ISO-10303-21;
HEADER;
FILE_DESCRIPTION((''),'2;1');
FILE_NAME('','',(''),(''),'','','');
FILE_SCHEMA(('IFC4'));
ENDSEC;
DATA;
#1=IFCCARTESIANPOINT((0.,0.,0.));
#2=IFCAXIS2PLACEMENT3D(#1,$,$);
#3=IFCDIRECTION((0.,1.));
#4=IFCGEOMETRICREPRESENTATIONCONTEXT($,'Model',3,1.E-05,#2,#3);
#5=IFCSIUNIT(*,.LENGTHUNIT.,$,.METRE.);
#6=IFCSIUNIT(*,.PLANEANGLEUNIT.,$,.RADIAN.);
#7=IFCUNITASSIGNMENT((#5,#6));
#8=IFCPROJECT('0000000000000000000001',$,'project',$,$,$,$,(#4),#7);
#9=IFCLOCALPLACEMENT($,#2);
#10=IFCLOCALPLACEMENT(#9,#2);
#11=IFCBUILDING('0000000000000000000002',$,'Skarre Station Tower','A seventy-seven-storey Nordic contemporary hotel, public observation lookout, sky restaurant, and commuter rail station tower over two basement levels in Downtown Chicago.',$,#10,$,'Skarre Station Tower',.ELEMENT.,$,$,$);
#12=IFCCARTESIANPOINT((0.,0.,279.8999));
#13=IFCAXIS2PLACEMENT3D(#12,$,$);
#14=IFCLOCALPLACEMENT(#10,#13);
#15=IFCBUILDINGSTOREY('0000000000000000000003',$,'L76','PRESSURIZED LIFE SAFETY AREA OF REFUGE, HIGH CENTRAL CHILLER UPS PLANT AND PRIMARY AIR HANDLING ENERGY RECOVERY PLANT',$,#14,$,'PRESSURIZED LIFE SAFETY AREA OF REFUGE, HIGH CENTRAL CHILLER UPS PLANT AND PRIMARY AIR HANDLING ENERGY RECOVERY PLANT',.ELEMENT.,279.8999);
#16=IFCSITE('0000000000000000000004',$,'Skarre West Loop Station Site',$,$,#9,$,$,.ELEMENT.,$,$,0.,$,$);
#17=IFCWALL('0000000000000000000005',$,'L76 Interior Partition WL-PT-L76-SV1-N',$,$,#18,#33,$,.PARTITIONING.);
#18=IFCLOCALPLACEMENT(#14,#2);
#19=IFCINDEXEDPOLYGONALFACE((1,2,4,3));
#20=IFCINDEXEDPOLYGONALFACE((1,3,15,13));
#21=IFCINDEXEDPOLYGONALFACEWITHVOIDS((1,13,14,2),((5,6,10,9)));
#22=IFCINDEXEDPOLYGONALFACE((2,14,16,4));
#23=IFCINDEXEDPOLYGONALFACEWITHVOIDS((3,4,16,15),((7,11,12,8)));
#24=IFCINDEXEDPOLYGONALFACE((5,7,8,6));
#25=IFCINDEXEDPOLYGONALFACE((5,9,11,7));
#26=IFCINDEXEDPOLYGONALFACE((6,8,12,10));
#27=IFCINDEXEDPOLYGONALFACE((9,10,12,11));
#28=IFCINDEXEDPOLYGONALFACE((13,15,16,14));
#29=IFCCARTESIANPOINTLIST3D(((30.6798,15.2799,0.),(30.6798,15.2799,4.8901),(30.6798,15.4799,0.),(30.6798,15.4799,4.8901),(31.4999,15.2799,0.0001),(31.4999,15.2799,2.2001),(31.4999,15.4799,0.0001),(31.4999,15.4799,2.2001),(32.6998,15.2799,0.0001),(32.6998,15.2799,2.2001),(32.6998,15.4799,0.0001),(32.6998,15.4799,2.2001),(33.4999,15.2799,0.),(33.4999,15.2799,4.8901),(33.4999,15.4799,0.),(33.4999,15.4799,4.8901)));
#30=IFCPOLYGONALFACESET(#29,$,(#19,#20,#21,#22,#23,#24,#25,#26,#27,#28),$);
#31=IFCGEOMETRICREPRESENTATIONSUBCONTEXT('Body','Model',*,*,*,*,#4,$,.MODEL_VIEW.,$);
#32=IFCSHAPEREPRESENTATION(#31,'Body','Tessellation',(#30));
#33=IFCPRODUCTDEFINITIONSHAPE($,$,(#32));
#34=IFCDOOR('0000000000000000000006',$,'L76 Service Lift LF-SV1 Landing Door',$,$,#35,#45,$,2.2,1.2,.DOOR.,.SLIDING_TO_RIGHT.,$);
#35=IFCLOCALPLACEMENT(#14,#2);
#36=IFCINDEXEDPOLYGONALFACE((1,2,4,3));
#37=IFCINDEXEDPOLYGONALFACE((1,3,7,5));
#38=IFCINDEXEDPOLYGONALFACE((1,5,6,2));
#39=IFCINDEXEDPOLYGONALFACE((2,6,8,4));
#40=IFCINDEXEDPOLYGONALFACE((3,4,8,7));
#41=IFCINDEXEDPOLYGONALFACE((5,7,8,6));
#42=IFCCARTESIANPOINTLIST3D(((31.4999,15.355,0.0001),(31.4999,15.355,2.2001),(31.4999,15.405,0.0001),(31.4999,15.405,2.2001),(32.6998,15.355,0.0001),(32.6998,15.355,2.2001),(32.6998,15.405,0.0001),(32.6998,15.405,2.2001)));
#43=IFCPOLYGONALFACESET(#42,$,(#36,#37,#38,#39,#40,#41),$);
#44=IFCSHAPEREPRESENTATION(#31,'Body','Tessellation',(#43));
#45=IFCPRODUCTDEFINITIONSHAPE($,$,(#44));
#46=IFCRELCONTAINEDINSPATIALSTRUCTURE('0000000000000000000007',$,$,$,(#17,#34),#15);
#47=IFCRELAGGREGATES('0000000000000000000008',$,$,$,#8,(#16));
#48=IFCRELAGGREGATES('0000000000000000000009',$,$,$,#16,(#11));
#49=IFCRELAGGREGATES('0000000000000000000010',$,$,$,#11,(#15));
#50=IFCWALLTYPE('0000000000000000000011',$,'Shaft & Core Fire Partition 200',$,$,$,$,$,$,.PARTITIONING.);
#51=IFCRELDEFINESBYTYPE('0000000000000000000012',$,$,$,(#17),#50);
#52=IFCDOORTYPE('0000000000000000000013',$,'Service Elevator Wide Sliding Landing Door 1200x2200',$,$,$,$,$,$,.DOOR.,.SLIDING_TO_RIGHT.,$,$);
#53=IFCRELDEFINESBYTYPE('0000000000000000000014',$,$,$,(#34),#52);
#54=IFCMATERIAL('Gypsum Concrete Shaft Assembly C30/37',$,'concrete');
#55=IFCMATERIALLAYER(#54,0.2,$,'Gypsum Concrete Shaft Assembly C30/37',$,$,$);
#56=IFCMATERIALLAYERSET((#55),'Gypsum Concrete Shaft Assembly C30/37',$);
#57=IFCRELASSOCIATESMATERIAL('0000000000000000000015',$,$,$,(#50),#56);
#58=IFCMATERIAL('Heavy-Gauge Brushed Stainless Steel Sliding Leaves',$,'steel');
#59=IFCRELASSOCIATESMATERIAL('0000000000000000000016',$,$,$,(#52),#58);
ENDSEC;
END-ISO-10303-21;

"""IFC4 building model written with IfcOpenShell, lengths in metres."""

from ifc_helpers import new_model, si_unit, direction, frame, frame_2d, origin, place, context, subcontext, project, spatial, rectangle, extrude, material, layer, layer_set, type_object, element, fill, save


model = new_model("IFC4")

# Units and contexts
model_context = context("Model", 3, precision=1e-05, world=origin(), true_north=direction((0.0, 1.0)))
body_context = subcontext(model_context, "Body", "Model", "MODEL_VIEW")
ifc_project = project(units=[si_unit("LENGTHUNIT", "METRE"), si_unit("PLANEANGLEUNIT", "RADIAN")], contexts=[model_context])

# Site, building, storey
site_placement = place(None, origin())
site = spatial("IfcSite", under=ifc_project, at=site_placement, Name="Skarre West Loop Station Site", CompositionType="ELEMENT", RefElevation=0.0)
building_placement = place(site_placement, origin())
building = spatial("IfcBuilding", under=site, at=building_placement, Name="Skarre Station Tower", Description="A seventy-seven-storey Nordic contemporary hotel, public observation lookout, sky restaurant, and commuter rail station tower over two basement levels in Downtown Chicago.", LongName="Skarre Station Tower", CompositionType="ELEMENT")
storey_placement = place(building_placement, frame((0.0, 0.0, 279.8999)))
storey = spatial("IfcBuildingStorey", under=building, at=storey_placement, Name="L76", Description="PRESSURIZED LIFE SAFETY AREA OF REFUGE, HIGH CENTRAL CHILLER UPS PLANT AND PRIMARY AIR HANDLING ENERGY RECOVERY PLANT", LongName="PRESSURIZED LIFE SAFETY AREA OF REFUGE, HIGH CENTRAL CHILLER UPS PLANT AND PRIMARY AIR HANDLING ENERGY RECOVERY PLANT", CompositionType="ELEMENT", Elevation=279.8999)

# Wall, opening, door
ifc_material_1 = material(Name="Gypsum Concrete Shaft Assembly C30/37", Category="concrete")
ifc_layer_1 = layer(ifc_material_1, 0.2, Name="Gypsum Concrete Shaft Assembly C30/37")
ifc_layer_set_1 = layer_set([ifc_layer_1], Name="Gypsum Concrete Shaft Assembly C30/37")
wall_type_1 = type_object("IfcWallType", Name="Shaft & Core Fire Partition 200", PredefinedType="PARTITIONING", material=ifc_layer_set_1)
wall_1_placement = place(storey_placement, frame((33.5, 15.3799, 0.0), z_axis=(0.0, 0.0, 1.0), x_axis=(-1.0, 0.0, 0.0)))
wall_1 = element("IfcWall", 1, at=wall_1_placement, inside=storey, type_object=wall_type_1, Name="L76 Interior Partition WL-PT-L76-SV1-N", PredefinedType="PARTITIONING", context=body_context, shape_type="SweptSolid", body=[
    extrude(rectangle(XDim=2.8201, YDim=0.2, at=frame_2d((1.4102, 0.0))), origin(), (0.0, 0.0, 1.0), 4.8901),
])
opening_1_placement = place(wall_1_placement, frame((0.8, 0.0, 0.0)))
opening_1 = element("IfcOpeningElement", 2, at=opening_1_placement, cuts=wall_1, PredefinedType="OPENING", context=body_context, shape_type="SweptSolid", body=[
    extrude(rectangle(XDim=1.2, YDim=2.2, at=frame_2d((0.6001, 1.1001))), frame((0.0, 0.1099, 0.0), z_axis=(0.0, -1.0, 0.0), x_axis=(1.0, 0.0, 0.0)), (0.0, 0.0, 1.0), 0.22),
])
ifc_material_2 = material(Name="Heavy-Gauge Brushed Stainless Steel Sliding Leaves", Category="steel")
door_type_1 = type_object("IfcDoorType", Name="Service Elevator Wide Sliding Landing Door 1200x2200", OperationType="SLIDING_TO_RIGHT", PredefinedType="DOOR", material=ifc_material_2)
door_1_placement = place(opening_1_placement, origin())
door_1 = element("IfcDoor", 3, at=door_1_placement, inside=storey, type_object=door_type_1, Name="L76 Service Lift LF-SV1 Landing Door", OperationType="SLIDING_TO_RIGHT", OverallHeight=2.2, OverallWidth=1.2, PredefinedType="DOOR", context=body_context, shape_type="SweptSolid", body=[
    extrude(rectangle(XDim=1.2, YDim=2.2, at=frame_2d((0.6001, 1.1001))), frame((0.0, 0.0249, 0.0), z_axis=(0.0, -1.0, 0.0), x_axis=(1.0, 0.0, 0.0)), (0.0, 0.0, 1.0), 0.05),
])
fill(opening_1, door_1)

save(model, "model.ifc")
